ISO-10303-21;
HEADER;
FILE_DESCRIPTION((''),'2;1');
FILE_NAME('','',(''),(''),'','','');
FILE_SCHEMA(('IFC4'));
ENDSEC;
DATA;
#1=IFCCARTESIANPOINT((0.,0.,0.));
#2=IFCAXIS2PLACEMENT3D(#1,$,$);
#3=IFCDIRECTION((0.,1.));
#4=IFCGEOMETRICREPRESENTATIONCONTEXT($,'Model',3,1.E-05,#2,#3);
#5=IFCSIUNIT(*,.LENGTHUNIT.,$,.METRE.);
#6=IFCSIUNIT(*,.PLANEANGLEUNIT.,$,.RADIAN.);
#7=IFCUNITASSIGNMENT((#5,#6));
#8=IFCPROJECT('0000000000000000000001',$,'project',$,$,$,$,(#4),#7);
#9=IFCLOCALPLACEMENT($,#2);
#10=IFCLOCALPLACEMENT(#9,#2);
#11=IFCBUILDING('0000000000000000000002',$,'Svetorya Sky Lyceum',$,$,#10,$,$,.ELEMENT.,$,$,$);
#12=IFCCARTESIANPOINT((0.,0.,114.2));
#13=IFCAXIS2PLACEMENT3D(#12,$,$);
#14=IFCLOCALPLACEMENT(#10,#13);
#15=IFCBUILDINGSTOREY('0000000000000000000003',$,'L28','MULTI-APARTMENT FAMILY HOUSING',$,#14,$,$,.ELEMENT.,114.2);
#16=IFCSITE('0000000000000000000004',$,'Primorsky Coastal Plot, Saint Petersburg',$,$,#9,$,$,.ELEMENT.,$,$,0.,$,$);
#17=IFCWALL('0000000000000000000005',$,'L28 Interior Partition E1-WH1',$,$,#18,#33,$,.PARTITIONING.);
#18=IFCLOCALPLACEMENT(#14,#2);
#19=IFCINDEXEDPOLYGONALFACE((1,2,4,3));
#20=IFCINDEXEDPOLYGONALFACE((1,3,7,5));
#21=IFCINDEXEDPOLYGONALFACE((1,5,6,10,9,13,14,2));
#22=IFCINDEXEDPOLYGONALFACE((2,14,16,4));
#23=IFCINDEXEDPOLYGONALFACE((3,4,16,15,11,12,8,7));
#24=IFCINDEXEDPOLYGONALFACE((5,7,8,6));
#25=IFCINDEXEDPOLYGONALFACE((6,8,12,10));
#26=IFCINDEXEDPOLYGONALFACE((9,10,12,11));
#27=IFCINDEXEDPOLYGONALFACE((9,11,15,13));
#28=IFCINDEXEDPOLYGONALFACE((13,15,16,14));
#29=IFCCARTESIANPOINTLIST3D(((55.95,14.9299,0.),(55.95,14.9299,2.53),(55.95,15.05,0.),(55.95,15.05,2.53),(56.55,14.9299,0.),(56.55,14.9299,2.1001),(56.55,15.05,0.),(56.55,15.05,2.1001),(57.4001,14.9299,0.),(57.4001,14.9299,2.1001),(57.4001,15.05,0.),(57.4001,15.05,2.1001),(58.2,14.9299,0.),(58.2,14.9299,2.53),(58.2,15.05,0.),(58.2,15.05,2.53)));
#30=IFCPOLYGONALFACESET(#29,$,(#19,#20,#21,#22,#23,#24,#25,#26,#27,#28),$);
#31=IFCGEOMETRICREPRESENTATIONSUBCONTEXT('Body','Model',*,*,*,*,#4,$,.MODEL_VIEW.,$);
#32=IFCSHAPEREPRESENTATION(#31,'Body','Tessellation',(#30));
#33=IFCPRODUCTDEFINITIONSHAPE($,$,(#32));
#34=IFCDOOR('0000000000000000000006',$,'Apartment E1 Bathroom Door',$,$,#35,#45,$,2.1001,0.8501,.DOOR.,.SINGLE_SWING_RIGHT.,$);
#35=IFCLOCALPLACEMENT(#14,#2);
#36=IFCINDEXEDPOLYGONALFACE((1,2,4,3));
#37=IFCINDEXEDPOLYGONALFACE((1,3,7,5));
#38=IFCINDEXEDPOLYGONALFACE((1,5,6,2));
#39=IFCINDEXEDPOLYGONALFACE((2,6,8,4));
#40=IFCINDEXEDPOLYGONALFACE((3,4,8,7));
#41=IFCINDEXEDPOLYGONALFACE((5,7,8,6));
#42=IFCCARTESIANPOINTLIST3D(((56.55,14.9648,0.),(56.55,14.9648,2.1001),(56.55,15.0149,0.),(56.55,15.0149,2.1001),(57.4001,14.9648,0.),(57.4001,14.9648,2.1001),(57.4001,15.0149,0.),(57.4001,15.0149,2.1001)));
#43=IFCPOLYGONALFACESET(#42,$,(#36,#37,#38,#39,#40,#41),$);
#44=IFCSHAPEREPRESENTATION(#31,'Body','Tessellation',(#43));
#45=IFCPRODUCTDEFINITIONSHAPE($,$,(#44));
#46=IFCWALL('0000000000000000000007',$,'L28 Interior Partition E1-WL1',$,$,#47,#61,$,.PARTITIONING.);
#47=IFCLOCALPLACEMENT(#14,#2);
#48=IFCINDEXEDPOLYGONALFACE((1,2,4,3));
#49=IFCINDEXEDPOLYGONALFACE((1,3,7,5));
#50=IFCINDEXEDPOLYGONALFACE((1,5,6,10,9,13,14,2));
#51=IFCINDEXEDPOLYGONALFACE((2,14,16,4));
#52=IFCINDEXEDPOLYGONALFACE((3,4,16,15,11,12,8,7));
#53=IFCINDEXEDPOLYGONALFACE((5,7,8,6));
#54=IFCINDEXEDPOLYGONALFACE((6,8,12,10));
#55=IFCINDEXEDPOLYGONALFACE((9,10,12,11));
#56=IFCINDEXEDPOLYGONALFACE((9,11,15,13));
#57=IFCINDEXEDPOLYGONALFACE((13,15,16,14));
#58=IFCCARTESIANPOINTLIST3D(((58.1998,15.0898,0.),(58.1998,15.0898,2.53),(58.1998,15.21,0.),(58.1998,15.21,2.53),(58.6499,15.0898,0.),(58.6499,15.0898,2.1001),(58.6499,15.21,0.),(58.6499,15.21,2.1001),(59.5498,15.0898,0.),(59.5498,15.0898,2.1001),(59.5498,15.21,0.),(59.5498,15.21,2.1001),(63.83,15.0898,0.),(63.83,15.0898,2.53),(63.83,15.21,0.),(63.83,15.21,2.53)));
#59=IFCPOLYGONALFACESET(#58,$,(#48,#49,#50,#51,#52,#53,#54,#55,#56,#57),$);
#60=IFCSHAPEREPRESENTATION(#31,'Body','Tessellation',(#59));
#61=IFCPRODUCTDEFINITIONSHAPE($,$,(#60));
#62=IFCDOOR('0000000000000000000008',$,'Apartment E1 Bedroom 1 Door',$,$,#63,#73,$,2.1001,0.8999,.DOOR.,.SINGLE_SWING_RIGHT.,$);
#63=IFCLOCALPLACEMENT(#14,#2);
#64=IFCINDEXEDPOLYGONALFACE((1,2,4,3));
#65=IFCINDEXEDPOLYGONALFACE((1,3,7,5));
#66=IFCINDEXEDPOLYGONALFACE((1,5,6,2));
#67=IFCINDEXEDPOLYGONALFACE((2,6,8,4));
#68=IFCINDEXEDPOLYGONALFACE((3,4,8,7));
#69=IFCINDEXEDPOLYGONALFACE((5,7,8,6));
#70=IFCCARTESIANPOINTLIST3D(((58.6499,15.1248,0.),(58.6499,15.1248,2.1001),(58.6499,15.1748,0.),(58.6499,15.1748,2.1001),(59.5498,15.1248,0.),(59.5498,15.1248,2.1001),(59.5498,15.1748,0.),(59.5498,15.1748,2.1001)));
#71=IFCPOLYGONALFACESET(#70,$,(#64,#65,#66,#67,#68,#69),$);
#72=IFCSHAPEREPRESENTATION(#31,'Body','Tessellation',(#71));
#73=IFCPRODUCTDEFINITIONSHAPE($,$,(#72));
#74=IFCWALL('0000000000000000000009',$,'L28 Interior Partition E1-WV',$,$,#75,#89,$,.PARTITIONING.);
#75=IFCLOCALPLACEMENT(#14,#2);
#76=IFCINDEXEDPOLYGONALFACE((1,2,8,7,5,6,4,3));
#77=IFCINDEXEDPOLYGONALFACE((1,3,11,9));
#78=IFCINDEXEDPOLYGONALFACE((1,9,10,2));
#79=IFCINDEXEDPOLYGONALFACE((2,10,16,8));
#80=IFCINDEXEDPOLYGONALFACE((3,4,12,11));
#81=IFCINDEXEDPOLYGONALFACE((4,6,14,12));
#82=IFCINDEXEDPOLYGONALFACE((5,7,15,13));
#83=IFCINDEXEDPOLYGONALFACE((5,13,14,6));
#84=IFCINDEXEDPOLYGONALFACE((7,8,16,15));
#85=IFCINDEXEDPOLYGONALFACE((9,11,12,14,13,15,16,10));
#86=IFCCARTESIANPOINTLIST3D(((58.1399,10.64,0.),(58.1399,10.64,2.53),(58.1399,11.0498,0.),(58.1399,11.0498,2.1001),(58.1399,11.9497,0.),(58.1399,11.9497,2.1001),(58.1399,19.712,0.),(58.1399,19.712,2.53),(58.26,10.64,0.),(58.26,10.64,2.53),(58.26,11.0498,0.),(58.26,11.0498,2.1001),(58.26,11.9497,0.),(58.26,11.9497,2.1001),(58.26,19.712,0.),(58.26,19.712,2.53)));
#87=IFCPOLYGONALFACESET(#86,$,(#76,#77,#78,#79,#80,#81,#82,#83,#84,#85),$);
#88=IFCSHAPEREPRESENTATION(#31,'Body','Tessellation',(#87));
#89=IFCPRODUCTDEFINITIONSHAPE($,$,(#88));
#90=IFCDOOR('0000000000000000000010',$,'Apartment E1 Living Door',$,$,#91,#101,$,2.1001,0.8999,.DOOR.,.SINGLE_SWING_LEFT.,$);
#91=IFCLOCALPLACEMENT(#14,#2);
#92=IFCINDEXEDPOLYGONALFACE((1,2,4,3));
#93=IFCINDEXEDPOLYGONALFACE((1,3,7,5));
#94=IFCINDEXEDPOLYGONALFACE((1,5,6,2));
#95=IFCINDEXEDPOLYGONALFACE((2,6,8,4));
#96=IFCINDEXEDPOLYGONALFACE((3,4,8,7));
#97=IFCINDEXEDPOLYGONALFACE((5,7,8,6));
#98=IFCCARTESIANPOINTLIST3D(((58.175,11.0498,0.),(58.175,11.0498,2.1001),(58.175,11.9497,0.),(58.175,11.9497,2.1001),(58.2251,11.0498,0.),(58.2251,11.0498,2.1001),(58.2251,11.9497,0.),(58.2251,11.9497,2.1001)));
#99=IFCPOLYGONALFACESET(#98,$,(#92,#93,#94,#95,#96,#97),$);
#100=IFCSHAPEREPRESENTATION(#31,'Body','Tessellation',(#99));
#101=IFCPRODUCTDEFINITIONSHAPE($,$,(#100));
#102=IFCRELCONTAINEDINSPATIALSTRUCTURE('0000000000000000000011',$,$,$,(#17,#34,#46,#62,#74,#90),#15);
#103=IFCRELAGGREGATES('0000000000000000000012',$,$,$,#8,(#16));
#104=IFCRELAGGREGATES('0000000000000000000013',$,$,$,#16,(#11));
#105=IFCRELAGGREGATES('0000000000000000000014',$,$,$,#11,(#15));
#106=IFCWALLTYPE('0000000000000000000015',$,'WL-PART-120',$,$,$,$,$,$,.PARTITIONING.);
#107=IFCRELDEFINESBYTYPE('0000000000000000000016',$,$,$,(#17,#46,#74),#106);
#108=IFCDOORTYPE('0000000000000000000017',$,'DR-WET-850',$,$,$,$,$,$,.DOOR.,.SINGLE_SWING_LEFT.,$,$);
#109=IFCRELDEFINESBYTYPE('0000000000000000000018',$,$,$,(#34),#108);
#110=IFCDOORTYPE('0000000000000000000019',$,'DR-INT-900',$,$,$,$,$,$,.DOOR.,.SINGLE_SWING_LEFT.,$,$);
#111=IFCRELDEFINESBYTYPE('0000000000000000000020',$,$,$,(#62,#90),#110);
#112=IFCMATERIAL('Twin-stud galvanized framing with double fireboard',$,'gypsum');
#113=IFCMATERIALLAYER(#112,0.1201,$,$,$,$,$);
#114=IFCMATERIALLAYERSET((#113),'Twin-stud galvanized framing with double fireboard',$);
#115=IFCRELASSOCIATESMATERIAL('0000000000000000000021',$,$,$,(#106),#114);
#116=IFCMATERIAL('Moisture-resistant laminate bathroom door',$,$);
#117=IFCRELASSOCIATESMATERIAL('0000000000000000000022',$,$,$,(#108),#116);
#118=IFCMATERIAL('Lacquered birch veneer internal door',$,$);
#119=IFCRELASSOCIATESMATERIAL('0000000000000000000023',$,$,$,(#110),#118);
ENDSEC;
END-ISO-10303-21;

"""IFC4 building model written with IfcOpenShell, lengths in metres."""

from ifc_helpers import new_model, si_unit, direction, frame, frame_2d, origin, place, context, subcontext, project, spatial, rectangle, extrude, material, layer, layer_set, type_object, element, fill, save


model = new_model("IFC4")

# Units and contexts
model_context = context("Model", 3, precision=1e-05, world=origin(), true_north=direction((0.0, 1.0)))
body_context = subcontext(model_context, "Body", "Model", "MODEL_VIEW")
ifc_project = project(units=[si_unit("LENGTHUNIT", "METRE"), si_unit("PLANEANGLEUNIT", "RADIAN")], contexts=[model_context])

# Site, building, storey
site_placement = place(None, origin())
site = spatial("IfcSite", under=ifc_project, at=site_placement, Name="Primorsky Coastal Plot, Saint Petersburg", CompositionType="ELEMENT", RefElevation=0.0)
building_placement = place(site_placement, origin())
building = spatial("IfcBuilding", under=site, at=building_placement, Name="Svetorya Sky Lyceum", CompositionType="ELEMENT")
storey_placement = place(building_placement, frame((0.0, 0.0, 114.2)))
storey = spatial("IfcBuildingStorey", under=building, at=storey_placement, Name="L28", Description="MULTI-APARTMENT FAMILY HOUSING", CompositionType="ELEMENT", Elevation=114.2)

# Walls, openings, doors
ifc_material_1 = material(Name="Twin-stud galvanized framing with double fireboard", Category="gypsum")
ifc_layer_1 = layer(ifc_material_1, 0.1201)
ifc_layer_set_1 = layer_set([ifc_layer_1], Name="Twin-stud galvanized framing with double fireboard")
wall_type_1 = type_object("IfcWallType", Name="WL-PART-120", PredefinedType="PARTITIONING", material=ifc_layer_set_1)
wall_1_placement = place(storey_placement, frame((55.95, 14.99, 0.0), z_axis=(0.0, 0.0, 1.0), x_axis=(1.0, 0.0, 0.0)))
wall_1 = element("IfcWall", 1, at=wall_1_placement, inside=storey, type_object=wall_type_1, Name="L28 Interior Partition E1-WH1", PredefinedType="PARTITIONING", context=body_context, shape_type="SweptSolid", body=[
    extrude(rectangle(XDim=2.25, YDim=0.1201, at=frame_2d((1.125, 0.0))), origin(), (0.0, 0.0, 1.0), 2.53),
])
opening_1_placement = place(wall_1_placement, frame((0.6001, 0.0, 0.0)))
opening_1 = element("IfcOpeningElement", 2, at=opening_1_placement, cuts=wall_1, PredefinedType="OPENING", context=body_context, shape_type="SweptSolid", body=[
    extrude(rectangle(XDim=0.8501, YDim=2.1001, at=frame_2d((0.425, 1.05))), frame((0.0, 0.0701, 0.0), z_axis=(0.0, -1.0, 0.0), x_axis=(1.0, 0.0, 0.0)), (0.0, 0.0, 1.0), 0.1401),
])
ifc_material_2 = material(Name="Moisture-resistant laminate bathroom door")
door_type_1 = type_object("IfcDoorType", Name="DR-WET-850", OperationType="SINGLE_SWING_LEFT", PredefinedType="DOOR", material=ifc_material_2)
door_1_placement = place(opening_1_placement, origin())
door_1 = element("IfcDoor", 3, at=door_1_placement, inside=storey, type_object=door_type_1, Name="Apartment E1 Bathroom Door", OperationType="SINGLE_SWING_RIGHT", OverallHeight=2.1001, OverallWidth=0.8501, PredefinedType="DOOR", context=body_context, shape_type="SweptSolid", body=[
    extrude(rectangle(XDim=0.8501, YDim=2.1001, at=frame_2d((0.425, 1.05))), frame((0.0, 0.0249, 0.0), z_axis=(0.0, -1.0, 0.0), x_axis=(1.0, 0.0, 0.0)), (0.0, 0.0, 1.0), 0.05),
])
fill(opening_1, door_1)
wall_2_placement = place(storey_placement, frame((58.2, 15.1499, 0.0), z_axis=(0.0, 0.0, 1.0), x_axis=(1.0, 0.0, 0.0)))
wall_2 = element("IfcWall", 4, at=wall_2_placement, inside=storey, type_object=wall_type_1, Name="L28 Interior Partition E1-WL1", PredefinedType="PARTITIONING", context=body_context, shape_type="SweptSolid", body=[
    extrude(rectangle(XDim=5.6301, YDim=0.1201, at=frame_2d((2.8149, 0.0))), origin(), (0.0, 0.0, 1.0), 2.53),
])
opening_2_placement = place(wall_2_placement, frame((0.45, 0.0, 0.0)))
opening_2 = element("IfcOpeningElement", 5, at=opening_2_placement, cuts=wall_2, PredefinedType="OPENING", context=body_context, shape_type="SweptSolid", body=[
    extrude(rectangle(XDim=0.8999, YDim=2.1001, at=frame_2d((0.45, 1.05))), frame((0.0, 0.0701, 0.0), z_axis=(0.0, -1.0, 0.0), x_axis=(1.0, 0.0, 0.0)), (0.0, 0.0, 1.0), 0.1401),
])
ifc_material_3 = material(Name="Lacquered birch veneer internal door")
door_type_2 = type_object("IfcDoorType", Name="DR-INT-900", OperationType="SINGLE_SWING_LEFT", PredefinedType="DOOR", material=ifc_material_3)
door_2_placement = place(opening_2_placement, origin())
door_2 = element("IfcDoor", 6, at=door_2_placement, inside=storey, type_object=door_type_2, Name="Apartment E1 Bedroom 1 Door", OperationType="SINGLE_SWING_RIGHT", OverallHeight=2.1001, OverallWidth=0.8999, PredefinedType="DOOR", context=body_context, shape_type="SweptSolid", body=[
    extrude(rectangle(XDim=0.8999, YDim=2.1001, at=frame_2d((0.45, 1.05))), frame((0.0, 0.0249, 0.0), z_axis=(0.0, -1.0, 0.0), x_axis=(1.0, 0.0, 0.0)), (0.0, 0.0, 1.0), 0.05),
])
fill(opening_2, door_2)
wall_3_placement = place(storey_placement, frame((58.2, 10.6399, 0.0), z_axis=(0.0, 0.0, 1.0), x_axis=(0.0, 1.0, 0.0)))
wall_3 = element("IfcWall", 7, at=wall_3_placement, inside=storey, type_object=wall_type_1, Name="L28 Interior Partition E1-WV", PredefinedType="PARTITIONING", context=body_context, shape_type="SweptSolid", body=[
    extrude(rectangle(XDim=9.072, YDim=0.1201, at=frame_2d((4.5361, 0.0))), origin(), (0.0, 0.0, 1.0), 2.53),
])
opening_3_placement = place(wall_3_placement, frame((0.4099, 0.0, 0.0)))
opening_3 = element("IfcOpeningElement", 8, at=opening_3_placement, cuts=wall_3, PredefinedType="OPENING", context=body_context, shape_type="SweptSolid", body=[
    extrude(rectangle(XDim=0.8999, YDim=2.1001, at=frame_2d((0.45, 1.05))), frame((0.0, 0.0701, 0.0), z_axis=(0.0, -1.0, 0.0), x_axis=(1.0, 0.0, 0.0)), (0.0, 0.0, 1.0), 0.1401),
])
door_3_placement = place(opening_3_placement, origin())
door_3 = element("IfcDoor", 9, at=door_3_placement, inside=storey, type_object=door_type_2, Name="Apartment E1 Living Door", OperationType="SINGLE_SWING_LEFT", OverallHeight=2.1001, OverallWidth=0.8999, PredefinedType="DOOR", context=body_context, shape_type="SweptSolid", body=[
    extrude(rectangle(XDim=0.8999, YDim=2.1001, at=frame_2d((0.45, 1.05))), frame((0.0, 0.0249, 0.0), z_axis=(0.0, -1.0, 0.0), x_axis=(1.0, 0.0, 0.0)), (0.0, 0.0, 1.0), 0.05),
])
fill(opening_3, door_3)

save(model, "model.ifc")
